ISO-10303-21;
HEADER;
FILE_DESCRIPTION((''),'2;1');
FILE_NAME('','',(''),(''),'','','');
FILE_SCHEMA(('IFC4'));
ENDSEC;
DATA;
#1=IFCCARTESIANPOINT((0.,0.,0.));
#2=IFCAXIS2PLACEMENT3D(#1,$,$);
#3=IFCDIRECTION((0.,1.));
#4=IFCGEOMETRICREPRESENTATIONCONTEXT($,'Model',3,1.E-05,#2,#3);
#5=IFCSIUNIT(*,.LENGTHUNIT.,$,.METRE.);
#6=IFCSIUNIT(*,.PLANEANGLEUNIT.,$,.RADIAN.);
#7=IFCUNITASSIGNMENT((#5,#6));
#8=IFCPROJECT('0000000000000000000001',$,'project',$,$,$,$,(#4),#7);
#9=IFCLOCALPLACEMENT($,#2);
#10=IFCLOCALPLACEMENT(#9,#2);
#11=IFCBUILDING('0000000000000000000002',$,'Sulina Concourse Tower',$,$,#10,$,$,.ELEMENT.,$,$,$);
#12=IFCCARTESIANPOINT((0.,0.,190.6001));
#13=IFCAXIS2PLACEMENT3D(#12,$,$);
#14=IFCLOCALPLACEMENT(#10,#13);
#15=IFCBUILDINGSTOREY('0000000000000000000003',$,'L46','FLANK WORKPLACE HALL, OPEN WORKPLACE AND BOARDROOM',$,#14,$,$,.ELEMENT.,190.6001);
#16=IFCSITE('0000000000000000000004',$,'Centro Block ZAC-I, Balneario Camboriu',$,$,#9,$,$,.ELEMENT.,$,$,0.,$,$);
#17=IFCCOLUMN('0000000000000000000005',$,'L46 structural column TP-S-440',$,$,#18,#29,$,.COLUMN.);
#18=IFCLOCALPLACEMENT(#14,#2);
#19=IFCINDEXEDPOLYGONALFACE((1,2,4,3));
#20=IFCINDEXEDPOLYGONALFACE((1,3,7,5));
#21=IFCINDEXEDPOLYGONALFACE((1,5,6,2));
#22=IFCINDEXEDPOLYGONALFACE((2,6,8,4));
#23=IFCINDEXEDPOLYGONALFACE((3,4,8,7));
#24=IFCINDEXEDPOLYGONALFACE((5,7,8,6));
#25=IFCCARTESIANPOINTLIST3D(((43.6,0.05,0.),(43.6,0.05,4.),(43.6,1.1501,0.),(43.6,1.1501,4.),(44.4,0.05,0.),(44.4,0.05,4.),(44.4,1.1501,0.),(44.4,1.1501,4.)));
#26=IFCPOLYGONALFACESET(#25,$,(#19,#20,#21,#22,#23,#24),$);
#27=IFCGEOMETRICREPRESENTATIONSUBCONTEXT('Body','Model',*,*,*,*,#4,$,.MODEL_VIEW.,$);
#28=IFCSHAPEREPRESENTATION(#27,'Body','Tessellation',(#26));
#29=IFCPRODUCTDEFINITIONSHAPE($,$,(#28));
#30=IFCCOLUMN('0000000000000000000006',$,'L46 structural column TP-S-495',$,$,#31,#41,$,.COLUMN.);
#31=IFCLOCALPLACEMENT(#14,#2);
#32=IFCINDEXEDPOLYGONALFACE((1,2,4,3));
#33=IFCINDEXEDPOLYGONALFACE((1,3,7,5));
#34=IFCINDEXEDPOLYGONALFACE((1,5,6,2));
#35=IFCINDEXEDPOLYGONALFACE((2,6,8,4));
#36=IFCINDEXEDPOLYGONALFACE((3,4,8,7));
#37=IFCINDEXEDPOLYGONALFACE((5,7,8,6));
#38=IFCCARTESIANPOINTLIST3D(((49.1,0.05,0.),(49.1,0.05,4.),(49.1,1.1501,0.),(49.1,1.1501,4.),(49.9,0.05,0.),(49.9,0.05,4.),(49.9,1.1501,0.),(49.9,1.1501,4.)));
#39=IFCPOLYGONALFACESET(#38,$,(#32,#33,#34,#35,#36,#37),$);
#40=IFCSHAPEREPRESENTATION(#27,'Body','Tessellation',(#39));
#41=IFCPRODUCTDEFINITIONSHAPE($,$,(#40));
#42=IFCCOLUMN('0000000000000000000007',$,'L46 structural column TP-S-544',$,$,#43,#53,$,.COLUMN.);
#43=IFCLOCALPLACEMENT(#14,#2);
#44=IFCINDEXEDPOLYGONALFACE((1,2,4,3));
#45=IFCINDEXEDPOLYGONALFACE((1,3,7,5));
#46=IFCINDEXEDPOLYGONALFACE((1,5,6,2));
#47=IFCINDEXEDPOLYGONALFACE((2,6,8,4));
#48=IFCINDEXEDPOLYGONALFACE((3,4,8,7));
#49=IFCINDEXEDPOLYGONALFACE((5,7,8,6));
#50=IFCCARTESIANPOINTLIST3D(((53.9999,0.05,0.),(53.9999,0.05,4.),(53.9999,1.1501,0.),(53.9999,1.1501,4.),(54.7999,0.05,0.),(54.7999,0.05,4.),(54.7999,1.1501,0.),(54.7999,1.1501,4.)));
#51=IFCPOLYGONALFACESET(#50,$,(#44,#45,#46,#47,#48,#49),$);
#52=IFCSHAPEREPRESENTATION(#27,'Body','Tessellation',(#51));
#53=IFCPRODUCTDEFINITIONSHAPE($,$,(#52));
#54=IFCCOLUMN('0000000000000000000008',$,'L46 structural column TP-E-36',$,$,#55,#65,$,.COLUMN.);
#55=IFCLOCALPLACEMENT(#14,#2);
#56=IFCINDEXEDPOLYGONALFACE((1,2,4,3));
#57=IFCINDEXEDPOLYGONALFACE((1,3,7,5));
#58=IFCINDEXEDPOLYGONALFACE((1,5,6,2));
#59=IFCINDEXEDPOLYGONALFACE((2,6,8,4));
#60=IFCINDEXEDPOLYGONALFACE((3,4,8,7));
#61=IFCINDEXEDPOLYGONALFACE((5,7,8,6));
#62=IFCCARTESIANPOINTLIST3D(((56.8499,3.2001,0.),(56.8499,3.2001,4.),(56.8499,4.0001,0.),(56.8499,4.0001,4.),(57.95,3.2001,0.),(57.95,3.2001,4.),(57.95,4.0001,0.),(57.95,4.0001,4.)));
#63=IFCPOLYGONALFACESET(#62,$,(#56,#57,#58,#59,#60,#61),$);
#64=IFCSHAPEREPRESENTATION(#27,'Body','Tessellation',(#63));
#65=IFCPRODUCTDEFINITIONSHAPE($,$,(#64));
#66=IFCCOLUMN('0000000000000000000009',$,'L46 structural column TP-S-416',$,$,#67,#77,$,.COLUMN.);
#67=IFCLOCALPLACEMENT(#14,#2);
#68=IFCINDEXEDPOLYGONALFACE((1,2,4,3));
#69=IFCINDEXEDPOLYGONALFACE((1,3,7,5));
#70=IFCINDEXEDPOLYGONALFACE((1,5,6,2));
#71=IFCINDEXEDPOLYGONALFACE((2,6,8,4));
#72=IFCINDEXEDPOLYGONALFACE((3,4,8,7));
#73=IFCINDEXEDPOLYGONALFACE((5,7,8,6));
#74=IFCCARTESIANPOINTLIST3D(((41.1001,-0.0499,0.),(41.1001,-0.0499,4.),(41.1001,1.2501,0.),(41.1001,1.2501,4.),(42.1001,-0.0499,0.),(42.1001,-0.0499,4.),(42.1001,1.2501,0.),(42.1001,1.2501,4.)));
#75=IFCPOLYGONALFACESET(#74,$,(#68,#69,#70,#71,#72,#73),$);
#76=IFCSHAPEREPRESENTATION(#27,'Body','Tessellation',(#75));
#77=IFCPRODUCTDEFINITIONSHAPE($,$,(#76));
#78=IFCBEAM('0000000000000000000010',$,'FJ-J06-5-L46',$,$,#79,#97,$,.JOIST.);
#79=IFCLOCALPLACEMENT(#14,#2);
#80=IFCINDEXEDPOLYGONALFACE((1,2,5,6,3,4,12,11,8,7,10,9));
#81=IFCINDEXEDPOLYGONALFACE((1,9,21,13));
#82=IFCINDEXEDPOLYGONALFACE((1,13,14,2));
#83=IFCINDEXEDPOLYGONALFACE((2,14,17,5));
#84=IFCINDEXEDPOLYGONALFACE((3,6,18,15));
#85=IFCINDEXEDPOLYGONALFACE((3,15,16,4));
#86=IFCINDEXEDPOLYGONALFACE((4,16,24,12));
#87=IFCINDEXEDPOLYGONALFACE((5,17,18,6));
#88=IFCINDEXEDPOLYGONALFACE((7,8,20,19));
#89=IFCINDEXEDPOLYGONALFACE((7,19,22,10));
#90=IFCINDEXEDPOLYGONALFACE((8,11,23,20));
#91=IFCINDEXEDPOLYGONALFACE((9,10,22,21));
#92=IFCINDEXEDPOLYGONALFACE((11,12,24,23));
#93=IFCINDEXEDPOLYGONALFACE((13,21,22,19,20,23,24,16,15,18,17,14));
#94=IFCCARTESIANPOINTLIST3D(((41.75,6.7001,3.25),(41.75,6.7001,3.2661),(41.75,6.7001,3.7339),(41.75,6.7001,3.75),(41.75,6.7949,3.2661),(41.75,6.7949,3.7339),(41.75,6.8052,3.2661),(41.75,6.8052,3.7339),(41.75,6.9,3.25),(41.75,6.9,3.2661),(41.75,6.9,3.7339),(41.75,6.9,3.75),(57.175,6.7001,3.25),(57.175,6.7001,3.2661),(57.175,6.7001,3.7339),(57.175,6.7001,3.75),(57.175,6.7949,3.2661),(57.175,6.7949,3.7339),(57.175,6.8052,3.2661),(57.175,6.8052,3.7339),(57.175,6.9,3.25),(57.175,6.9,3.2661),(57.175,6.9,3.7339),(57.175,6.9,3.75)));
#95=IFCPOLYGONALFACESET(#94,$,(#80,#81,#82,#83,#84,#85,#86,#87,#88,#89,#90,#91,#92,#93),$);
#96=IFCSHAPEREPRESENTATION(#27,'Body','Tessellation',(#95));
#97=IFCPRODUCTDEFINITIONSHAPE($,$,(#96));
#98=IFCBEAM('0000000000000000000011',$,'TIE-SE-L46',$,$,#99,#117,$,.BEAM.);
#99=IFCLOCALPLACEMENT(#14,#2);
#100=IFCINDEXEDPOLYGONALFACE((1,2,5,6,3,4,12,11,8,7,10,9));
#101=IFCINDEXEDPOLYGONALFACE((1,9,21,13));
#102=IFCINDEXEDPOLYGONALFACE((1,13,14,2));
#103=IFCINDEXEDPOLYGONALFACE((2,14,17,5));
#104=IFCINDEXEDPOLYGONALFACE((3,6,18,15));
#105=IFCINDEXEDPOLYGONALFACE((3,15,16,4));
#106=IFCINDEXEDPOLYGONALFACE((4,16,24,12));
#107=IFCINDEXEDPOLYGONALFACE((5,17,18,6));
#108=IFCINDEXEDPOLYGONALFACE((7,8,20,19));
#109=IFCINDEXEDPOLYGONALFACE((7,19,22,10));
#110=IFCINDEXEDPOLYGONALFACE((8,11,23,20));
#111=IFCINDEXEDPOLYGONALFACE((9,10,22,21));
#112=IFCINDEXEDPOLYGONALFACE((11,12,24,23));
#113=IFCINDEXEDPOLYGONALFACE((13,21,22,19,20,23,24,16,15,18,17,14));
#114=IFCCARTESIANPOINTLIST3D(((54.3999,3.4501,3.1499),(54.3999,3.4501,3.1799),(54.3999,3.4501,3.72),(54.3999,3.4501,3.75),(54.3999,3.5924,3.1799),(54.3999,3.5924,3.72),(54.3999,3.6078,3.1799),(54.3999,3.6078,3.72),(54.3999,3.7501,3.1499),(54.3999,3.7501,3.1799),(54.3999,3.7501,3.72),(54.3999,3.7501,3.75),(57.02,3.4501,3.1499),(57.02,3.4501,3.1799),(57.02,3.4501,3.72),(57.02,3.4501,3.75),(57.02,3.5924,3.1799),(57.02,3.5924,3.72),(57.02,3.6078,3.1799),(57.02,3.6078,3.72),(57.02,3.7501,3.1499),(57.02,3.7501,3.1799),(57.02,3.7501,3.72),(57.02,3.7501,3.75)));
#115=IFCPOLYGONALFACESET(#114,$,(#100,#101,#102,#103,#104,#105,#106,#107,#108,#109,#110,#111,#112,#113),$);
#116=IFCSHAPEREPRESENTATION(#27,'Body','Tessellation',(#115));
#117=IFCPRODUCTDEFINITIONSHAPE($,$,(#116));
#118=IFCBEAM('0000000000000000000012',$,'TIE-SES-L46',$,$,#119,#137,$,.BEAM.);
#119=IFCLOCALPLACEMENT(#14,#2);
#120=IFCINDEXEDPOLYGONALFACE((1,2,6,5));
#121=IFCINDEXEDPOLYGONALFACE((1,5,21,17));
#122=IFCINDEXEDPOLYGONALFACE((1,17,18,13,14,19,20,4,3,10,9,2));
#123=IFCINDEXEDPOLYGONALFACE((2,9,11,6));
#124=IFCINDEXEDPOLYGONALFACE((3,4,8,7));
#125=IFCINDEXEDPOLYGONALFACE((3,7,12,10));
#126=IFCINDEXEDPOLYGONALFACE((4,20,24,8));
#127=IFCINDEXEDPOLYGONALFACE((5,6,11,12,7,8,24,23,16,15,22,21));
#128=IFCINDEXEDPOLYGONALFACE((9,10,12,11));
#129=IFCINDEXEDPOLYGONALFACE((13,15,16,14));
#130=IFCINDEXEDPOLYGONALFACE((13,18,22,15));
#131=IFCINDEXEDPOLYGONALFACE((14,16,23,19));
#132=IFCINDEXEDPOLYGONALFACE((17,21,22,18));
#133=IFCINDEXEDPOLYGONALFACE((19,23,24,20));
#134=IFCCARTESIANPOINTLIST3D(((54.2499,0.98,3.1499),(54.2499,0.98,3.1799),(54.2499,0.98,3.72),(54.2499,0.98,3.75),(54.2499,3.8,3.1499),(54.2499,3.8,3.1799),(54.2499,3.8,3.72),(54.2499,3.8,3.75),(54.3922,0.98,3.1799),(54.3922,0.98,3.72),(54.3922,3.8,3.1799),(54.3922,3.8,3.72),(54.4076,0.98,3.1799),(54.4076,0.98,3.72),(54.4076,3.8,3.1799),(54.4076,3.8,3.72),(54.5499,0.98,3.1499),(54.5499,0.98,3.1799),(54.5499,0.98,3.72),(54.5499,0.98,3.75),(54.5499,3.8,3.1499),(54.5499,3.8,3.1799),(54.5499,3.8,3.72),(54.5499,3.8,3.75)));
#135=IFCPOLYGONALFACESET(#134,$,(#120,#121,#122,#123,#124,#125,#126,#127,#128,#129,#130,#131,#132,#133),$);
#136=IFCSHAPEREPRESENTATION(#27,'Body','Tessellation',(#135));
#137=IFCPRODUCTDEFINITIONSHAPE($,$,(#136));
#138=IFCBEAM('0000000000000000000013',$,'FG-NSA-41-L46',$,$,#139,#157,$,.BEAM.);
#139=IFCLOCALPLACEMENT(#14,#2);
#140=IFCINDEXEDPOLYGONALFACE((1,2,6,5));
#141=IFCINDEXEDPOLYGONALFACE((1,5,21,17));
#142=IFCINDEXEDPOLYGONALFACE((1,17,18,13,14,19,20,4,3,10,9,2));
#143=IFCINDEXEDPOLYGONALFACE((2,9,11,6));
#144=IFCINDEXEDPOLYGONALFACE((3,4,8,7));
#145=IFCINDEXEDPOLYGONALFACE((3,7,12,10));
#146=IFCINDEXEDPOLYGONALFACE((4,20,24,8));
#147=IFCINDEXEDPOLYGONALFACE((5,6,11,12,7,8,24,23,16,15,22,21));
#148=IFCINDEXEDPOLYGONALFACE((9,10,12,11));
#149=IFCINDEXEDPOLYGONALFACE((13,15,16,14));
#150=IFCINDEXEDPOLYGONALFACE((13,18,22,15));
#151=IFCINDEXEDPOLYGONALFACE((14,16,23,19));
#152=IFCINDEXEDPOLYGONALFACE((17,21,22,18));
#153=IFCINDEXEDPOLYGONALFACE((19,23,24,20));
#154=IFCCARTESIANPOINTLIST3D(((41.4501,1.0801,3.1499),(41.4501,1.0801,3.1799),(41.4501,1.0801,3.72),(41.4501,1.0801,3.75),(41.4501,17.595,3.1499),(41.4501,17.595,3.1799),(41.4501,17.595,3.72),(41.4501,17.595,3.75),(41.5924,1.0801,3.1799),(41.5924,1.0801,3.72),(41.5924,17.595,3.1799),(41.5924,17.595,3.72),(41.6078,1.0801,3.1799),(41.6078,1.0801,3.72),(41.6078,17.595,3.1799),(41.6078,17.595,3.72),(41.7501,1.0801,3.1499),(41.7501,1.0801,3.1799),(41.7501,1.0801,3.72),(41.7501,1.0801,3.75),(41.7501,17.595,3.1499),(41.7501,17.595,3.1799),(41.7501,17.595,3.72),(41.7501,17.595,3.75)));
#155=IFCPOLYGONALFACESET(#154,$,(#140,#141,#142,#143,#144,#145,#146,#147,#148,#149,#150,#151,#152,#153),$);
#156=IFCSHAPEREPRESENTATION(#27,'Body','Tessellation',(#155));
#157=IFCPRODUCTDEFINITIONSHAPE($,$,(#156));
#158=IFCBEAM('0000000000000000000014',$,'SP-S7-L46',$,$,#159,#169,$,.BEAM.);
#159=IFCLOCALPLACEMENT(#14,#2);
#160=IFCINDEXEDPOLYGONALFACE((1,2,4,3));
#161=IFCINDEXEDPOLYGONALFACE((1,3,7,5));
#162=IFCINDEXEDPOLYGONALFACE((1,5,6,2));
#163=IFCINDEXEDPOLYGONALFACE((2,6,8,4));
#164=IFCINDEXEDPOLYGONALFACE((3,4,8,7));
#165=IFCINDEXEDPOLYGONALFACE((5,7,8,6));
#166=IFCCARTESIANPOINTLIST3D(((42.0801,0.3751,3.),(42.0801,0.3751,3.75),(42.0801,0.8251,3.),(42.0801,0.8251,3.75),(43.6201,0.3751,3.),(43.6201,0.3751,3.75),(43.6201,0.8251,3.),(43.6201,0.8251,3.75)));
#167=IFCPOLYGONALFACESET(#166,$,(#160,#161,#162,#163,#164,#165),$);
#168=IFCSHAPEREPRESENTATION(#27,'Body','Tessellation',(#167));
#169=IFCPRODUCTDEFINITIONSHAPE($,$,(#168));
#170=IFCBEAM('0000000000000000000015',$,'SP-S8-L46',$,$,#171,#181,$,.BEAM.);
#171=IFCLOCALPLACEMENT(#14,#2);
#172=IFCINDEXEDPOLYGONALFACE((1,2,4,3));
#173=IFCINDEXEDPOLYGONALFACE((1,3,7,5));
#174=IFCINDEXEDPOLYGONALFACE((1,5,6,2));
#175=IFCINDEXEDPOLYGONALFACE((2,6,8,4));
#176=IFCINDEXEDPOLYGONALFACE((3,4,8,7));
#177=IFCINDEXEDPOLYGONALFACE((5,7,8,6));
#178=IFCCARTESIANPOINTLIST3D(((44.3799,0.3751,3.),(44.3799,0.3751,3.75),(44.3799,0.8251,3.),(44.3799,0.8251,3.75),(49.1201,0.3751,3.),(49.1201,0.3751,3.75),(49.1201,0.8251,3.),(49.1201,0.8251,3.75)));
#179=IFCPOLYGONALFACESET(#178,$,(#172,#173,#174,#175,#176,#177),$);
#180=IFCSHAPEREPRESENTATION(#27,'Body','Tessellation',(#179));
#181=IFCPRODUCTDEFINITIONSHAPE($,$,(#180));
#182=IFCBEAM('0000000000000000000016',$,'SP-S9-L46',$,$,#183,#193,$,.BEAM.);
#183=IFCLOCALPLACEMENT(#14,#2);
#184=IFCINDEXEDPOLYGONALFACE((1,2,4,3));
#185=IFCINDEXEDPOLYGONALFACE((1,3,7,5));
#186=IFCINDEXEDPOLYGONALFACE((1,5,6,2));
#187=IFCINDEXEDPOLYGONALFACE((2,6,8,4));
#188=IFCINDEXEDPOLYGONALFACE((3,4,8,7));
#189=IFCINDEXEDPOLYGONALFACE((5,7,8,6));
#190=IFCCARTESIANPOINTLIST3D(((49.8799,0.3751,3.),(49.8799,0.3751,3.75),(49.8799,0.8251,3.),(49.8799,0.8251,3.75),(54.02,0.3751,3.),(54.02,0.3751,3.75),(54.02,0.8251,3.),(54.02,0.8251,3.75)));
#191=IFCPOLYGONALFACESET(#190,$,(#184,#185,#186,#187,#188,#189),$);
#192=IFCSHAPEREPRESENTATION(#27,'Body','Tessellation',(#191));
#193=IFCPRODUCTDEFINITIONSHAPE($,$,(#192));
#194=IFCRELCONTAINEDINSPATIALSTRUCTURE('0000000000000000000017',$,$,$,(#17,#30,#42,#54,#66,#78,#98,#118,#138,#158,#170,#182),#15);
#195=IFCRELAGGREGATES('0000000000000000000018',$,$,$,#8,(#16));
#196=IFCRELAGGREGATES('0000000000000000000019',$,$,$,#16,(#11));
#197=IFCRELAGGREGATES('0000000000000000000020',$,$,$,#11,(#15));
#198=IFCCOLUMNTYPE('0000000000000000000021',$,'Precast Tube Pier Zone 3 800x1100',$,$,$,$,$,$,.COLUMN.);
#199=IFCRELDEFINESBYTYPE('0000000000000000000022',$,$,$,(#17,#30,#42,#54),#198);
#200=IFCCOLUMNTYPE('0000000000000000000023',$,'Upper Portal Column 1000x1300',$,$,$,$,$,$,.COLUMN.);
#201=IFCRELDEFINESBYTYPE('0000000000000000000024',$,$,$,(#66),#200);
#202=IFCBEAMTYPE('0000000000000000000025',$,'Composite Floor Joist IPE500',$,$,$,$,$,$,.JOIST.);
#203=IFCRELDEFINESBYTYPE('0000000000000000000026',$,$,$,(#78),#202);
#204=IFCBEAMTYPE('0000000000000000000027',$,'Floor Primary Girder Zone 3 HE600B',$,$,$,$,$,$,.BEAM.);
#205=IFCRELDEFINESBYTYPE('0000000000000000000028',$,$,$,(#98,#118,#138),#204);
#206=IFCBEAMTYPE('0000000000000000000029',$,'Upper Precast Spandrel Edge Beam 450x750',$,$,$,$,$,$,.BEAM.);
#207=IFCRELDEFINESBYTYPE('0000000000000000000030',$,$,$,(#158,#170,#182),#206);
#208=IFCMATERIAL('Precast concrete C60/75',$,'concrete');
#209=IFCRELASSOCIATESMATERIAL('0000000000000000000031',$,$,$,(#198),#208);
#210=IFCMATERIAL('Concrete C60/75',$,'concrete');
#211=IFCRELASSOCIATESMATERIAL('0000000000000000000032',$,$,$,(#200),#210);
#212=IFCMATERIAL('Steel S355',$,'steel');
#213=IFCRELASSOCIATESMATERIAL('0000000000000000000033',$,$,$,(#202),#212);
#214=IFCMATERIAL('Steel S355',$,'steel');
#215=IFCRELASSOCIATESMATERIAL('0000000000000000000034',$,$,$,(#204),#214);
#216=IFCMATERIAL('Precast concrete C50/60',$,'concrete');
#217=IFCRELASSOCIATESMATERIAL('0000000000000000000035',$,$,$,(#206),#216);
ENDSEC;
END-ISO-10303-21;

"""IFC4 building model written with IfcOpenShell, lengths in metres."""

from ifc_helpers import new_model, si_unit, direction, frame, origin, origin_2d, place, context, subcontext, project, spatial, rectangle, i_section, extrude, material, material_profile, profile_set, type_object, element, save


model = new_model("IFC4")

# Units and contexts
model_context = context("Model", 3, precision=1e-05, world=origin(), true_north=direction((0.0, 1.0)))
body_context = subcontext(model_context, "Body", "Model", "MODEL_VIEW")
ifc_project = project(units=[si_unit("LENGTHUNIT", "METRE"), si_unit("PLANEANGLEUNIT", "RADIAN")], contexts=[model_context])

# Site, building, storey
site_placement = place(None, origin())
site = spatial("IfcSite", under=ifc_project, at=site_placement, Name="Centro Block ZAC-I, Balneario Camboriu", CompositionType="ELEMENT", RefElevation=0.0)
building_placement = place(site_placement, origin())
building = spatial("IfcBuilding", under=site, at=building_placement, Name="Sulina Concourse Tower", CompositionType="ELEMENT")
storey_placement = place(building_placement, frame((0.0, 0.0, 190.6001)))
storey = spatial("IfcBuildingStorey", under=building, at=storey_placement, Name="L46", Description="FLANK WORKPLACE HALL, OPEN WORKPLACE AND BOARDROOM", CompositionType="ELEMENT", Elevation=190.6001)

# Columns
ifc_material_1 = material(Name="Precast concrete C60/75", Category="concrete")
ifc_material_profile_1 = material_profile(ifc_material_1, rectangle(XDim=0.8, YDim=1.1001, at=origin_2d()), Name="PC 800x1100")
ifc_profile_set_1 = profile_set([ifc_material_profile_1], Name="Precast concrete C60/75")
column_type_1 = type_object("IfcColumnType", Name="Precast Tube Pier Zone 3 800x1100", PredefinedType="COLUMN", material=ifc_profile_set_1)
for number, where, z_axis, x_axis, name in (
    (1, (44.0, 0.6001, 0.0), (0.0, 0.0, 1.0), (1.0, 0.0, 0.0), "L46 structural column TP-S-440"),
    (2, (49.5, 0.6001, 0.0), (0.0, 0.0, 1.0), (1.0, 0.0, 0.0), "L46 structural column TP-S-495"),
    (3, (54.3999, 0.6001, 0.0), (0.0, 0.0, 1.0), (1.0, 0.0, 0.0), "L46 structural column TP-S-544"),
    (4, (57.3999, 3.6001, 0.0), (0.0, 0.0, 1.0), (0.0, 1.0, 0.0), "L46 structural column TP-E-36"),
):
    element("IfcColumn", number, at=place(storey_placement, frame(where, z_axis=z_axis, x_axis=x_axis)), inside=storey, type_object=column_type_1, Name=name, PredefinedType="COLUMN", context=body_context, shape_type="SweptSolid", body=[
        extrude(rectangle(XDim=0.8, YDim=1.1001, at=origin_2d()), origin(), (0.0, 0.0, 1.0), 4.0),
    ])
ifc_material_2 = material(Name="Concrete C60/75", Category="concrete")
ifc_material_profile_2 = material_profile(ifc_material_2, rectangle(XDim=1.0, YDim=1.3, at=origin_2d()), Name="RC 1000x1300")
ifc_profile_set_2 = profile_set([ifc_material_profile_2], Name="Concrete C60/75")
column_type_2 = type_object("IfcColumnType", Name="Upper Portal Column 1000x1300", PredefinedType="COLUMN", material=ifc_profile_set_2)
column_placement = place(storey_placement, frame((41.6001, 0.6001, 0.0), z_axis=(0.0, 0.0, 1.0), x_axis=(1.0, 0.0, 0.0)))
element("IfcColumn", 5, at=column_placement, inside=storey, type_object=column_type_2, Name="L46 structural column TP-S-416", PredefinedType="COLUMN", context=body_context, shape_type="SweptSolid", body=[
    extrude(rectangle(XDim=1.0, YDim=1.3, at=origin_2d()), origin(), (0.0, 0.0, 1.0), 4.0),
])

# Beams
ifc_material_3 = material(Name="Steel S355", Category="steel")
ifc_material_profile_3 = material_profile(ifc_material_3, i_section(OverallWidth=0.2, OverallDepth=0.5, WebThickness=0.0103, FlangeThickness=0.0161, at=origin_2d()), Name="IPE 500")
ifc_profile_set_3 = profile_set([ifc_material_profile_3], Name="Steel S355")
beam_type_1 = type_object("IfcBeamType", Name="Composite Floor Joist IPE500", PredefinedType="JOIST", material=ifc_profile_set_3)
beam_1_placement = place(storey_placement, frame((41.75, 6.8, 3.5), z_axis=(1.0, 0.0, 0.0), x_axis=(0.0, 1.0, 0.0)))
element("IfcBeam", 6, at=beam_1_placement, inside=storey, type_object=beam_type_1, Name="FJ-J06-5-L46", PredefinedType="JOIST", context=body_context, shape_type="SweptSolid", body=[
    extrude(i_section(OverallWidth=0.2, OverallDepth=0.5, WebThickness=0.0103, FlangeThickness=0.0161, at=origin_2d()), origin(), (0.0, 0.0, 1.0), 15.425),
])
ifc_material_4 = material(Name="Steel S355", Category="steel")
ifc_material_profile_4 = material_profile(ifc_material_4, i_section(OverallWidth=0.3, OverallDepth=0.6001, WebThickness=0.0154, FlangeThickness=0.03, at=origin_2d()), Name="HE 600 B")
ifc_profile_set_4 = profile_set([ifc_material_profile_4], Name="Steel S355")
beam_type_2 = type_object("IfcBeamType", Name="Floor Primary Girder Zone 3 HE600B", PredefinedType="BEAM", material=ifc_profile_set_4)
beam_2_placement = place(storey_placement, frame((54.3999, 3.6001, 3.45), z_axis=(1.0, 0.0, 0.0), x_axis=(0.0, 1.0, 0.0)))
element("IfcBeam", 7, at=beam_2_placement, inside=storey, type_object=beam_type_2, Name="TIE-SE-L46", PredefinedType="BEAM", context=body_context, shape_type="SweptSolid", body=[
    extrude(i_section(OverallWidth=0.3, OverallDepth=0.6001, WebThickness=0.0154, FlangeThickness=0.03, at=origin_2d()), origin(), (0.0, 0.0, 1.0), 2.6201),
])
beam_3_placement = place(storey_placement, frame((54.3999, 0.98, 3.45), z_axis=(0.0, 1.0, 0.0), x_axis=(-1.0, 0.0, 0.0)))
element("IfcBeam", 8, at=beam_3_placement, inside=storey, type_object=beam_type_2, Name="TIE-SES-L46", PredefinedType="BEAM", context=body_context, shape_type="SweptSolid", body=[
    extrude(i_section(OverallWidth=0.3, OverallDepth=0.6001, WebThickness=0.0154, FlangeThickness=0.03, at=origin_2d()), origin(), (0.0, 0.0, 1.0), 2.8201),
])
beam_4_placement = place(storey_placement, frame((41.6001, 1.0801, 3.45), z_axis=(0.0, 1.0, 0.0), x_axis=(-1.0, 0.0, 0.0)))
element("IfcBeam", 9, at=beam_4_placement, inside=storey, type_object=beam_type_2, Name="FG-NSA-41-L46", PredefinedType="BEAM", context=body_context, shape_type="SweptSolid", body=[
    extrude(i_section(OverallWidth=0.3, OverallDepth=0.6001, WebThickness=0.0154, FlangeThickness=0.03, at=origin_2d()), origin(), (0.0, 0.0, 1.0), 16.5149),
])
ifc_material_5 = material(Name="Precast concrete C50/60", Category="concrete")
ifc_material_profile_5 = material_profile(ifc_material_5, rectangle(XDim=0.45, YDim=0.75, at=origin_2d()), Name="RC 450x750")
ifc_profile_set_5 = profile_set([ifc_material_profile_5], Name="Precast concrete C50/60")
beam_type_3 = type_object("IfcBeamType", Name="Upper Precast Spandrel Edge Beam 450x750", PredefinedType="BEAM", material=ifc_profile_set_5)
beam_5_placement = place(storey_placement, frame((42.0801, 0.6001, 3.375), z_axis=(1.0, 0.0, 0.0), x_axis=(0.0, 1.0, 0.0)))
element("IfcBeam", 10, at=beam_5_placement, inside=storey, type_object=beam_type_3, Name="SP-S7-L46", PredefinedType="BEAM", context=body_context, shape_type="SweptSolid", body=[
    extrude(rectangle(XDim=0.45, YDim=0.75, at=origin_2d()), origin(), (0.0, 0.0, 1.0), 1.54),
])
beam_6_placement = place(storey_placement, frame((44.3799, 0.6001, 3.375), z_axis=(1.0, 0.0, 0.0), x_axis=(0.0, 1.0, 0.0)))
element("IfcBeam", 11, at=beam_6_placement, inside=storey, type_object=beam_type_3, Name="SP-S8-L46", PredefinedType="BEAM", context=body_context, shape_type="SweptSolid", body=[
    extrude(rectangle(XDim=0.45, YDim=0.75, at=origin_2d()), origin(), (0.0, 0.0, 1.0), 4.7402),
])
beam_7_placement = place(storey_placement, frame((49.8799, 0.6001, 3.375), z_axis=(1.0, 0.0, 0.0), x_axis=(0.0, 1.0, 0.0)))
element("IfcBeam", 12, at=beam_7_placement, inside=storey, type_object=beam_type_3, Name="SP-S9-L46", PredefinedType="BEAM", context=body_context, shape_type="SweptSolid", body=[
    extrude(rectangle(XDim=0.45, YDim=0.75, at=origin_2d()), origin(), (0.0, 0.0, 1.0), 4.1401),
])

save(model, "model.ifc")
